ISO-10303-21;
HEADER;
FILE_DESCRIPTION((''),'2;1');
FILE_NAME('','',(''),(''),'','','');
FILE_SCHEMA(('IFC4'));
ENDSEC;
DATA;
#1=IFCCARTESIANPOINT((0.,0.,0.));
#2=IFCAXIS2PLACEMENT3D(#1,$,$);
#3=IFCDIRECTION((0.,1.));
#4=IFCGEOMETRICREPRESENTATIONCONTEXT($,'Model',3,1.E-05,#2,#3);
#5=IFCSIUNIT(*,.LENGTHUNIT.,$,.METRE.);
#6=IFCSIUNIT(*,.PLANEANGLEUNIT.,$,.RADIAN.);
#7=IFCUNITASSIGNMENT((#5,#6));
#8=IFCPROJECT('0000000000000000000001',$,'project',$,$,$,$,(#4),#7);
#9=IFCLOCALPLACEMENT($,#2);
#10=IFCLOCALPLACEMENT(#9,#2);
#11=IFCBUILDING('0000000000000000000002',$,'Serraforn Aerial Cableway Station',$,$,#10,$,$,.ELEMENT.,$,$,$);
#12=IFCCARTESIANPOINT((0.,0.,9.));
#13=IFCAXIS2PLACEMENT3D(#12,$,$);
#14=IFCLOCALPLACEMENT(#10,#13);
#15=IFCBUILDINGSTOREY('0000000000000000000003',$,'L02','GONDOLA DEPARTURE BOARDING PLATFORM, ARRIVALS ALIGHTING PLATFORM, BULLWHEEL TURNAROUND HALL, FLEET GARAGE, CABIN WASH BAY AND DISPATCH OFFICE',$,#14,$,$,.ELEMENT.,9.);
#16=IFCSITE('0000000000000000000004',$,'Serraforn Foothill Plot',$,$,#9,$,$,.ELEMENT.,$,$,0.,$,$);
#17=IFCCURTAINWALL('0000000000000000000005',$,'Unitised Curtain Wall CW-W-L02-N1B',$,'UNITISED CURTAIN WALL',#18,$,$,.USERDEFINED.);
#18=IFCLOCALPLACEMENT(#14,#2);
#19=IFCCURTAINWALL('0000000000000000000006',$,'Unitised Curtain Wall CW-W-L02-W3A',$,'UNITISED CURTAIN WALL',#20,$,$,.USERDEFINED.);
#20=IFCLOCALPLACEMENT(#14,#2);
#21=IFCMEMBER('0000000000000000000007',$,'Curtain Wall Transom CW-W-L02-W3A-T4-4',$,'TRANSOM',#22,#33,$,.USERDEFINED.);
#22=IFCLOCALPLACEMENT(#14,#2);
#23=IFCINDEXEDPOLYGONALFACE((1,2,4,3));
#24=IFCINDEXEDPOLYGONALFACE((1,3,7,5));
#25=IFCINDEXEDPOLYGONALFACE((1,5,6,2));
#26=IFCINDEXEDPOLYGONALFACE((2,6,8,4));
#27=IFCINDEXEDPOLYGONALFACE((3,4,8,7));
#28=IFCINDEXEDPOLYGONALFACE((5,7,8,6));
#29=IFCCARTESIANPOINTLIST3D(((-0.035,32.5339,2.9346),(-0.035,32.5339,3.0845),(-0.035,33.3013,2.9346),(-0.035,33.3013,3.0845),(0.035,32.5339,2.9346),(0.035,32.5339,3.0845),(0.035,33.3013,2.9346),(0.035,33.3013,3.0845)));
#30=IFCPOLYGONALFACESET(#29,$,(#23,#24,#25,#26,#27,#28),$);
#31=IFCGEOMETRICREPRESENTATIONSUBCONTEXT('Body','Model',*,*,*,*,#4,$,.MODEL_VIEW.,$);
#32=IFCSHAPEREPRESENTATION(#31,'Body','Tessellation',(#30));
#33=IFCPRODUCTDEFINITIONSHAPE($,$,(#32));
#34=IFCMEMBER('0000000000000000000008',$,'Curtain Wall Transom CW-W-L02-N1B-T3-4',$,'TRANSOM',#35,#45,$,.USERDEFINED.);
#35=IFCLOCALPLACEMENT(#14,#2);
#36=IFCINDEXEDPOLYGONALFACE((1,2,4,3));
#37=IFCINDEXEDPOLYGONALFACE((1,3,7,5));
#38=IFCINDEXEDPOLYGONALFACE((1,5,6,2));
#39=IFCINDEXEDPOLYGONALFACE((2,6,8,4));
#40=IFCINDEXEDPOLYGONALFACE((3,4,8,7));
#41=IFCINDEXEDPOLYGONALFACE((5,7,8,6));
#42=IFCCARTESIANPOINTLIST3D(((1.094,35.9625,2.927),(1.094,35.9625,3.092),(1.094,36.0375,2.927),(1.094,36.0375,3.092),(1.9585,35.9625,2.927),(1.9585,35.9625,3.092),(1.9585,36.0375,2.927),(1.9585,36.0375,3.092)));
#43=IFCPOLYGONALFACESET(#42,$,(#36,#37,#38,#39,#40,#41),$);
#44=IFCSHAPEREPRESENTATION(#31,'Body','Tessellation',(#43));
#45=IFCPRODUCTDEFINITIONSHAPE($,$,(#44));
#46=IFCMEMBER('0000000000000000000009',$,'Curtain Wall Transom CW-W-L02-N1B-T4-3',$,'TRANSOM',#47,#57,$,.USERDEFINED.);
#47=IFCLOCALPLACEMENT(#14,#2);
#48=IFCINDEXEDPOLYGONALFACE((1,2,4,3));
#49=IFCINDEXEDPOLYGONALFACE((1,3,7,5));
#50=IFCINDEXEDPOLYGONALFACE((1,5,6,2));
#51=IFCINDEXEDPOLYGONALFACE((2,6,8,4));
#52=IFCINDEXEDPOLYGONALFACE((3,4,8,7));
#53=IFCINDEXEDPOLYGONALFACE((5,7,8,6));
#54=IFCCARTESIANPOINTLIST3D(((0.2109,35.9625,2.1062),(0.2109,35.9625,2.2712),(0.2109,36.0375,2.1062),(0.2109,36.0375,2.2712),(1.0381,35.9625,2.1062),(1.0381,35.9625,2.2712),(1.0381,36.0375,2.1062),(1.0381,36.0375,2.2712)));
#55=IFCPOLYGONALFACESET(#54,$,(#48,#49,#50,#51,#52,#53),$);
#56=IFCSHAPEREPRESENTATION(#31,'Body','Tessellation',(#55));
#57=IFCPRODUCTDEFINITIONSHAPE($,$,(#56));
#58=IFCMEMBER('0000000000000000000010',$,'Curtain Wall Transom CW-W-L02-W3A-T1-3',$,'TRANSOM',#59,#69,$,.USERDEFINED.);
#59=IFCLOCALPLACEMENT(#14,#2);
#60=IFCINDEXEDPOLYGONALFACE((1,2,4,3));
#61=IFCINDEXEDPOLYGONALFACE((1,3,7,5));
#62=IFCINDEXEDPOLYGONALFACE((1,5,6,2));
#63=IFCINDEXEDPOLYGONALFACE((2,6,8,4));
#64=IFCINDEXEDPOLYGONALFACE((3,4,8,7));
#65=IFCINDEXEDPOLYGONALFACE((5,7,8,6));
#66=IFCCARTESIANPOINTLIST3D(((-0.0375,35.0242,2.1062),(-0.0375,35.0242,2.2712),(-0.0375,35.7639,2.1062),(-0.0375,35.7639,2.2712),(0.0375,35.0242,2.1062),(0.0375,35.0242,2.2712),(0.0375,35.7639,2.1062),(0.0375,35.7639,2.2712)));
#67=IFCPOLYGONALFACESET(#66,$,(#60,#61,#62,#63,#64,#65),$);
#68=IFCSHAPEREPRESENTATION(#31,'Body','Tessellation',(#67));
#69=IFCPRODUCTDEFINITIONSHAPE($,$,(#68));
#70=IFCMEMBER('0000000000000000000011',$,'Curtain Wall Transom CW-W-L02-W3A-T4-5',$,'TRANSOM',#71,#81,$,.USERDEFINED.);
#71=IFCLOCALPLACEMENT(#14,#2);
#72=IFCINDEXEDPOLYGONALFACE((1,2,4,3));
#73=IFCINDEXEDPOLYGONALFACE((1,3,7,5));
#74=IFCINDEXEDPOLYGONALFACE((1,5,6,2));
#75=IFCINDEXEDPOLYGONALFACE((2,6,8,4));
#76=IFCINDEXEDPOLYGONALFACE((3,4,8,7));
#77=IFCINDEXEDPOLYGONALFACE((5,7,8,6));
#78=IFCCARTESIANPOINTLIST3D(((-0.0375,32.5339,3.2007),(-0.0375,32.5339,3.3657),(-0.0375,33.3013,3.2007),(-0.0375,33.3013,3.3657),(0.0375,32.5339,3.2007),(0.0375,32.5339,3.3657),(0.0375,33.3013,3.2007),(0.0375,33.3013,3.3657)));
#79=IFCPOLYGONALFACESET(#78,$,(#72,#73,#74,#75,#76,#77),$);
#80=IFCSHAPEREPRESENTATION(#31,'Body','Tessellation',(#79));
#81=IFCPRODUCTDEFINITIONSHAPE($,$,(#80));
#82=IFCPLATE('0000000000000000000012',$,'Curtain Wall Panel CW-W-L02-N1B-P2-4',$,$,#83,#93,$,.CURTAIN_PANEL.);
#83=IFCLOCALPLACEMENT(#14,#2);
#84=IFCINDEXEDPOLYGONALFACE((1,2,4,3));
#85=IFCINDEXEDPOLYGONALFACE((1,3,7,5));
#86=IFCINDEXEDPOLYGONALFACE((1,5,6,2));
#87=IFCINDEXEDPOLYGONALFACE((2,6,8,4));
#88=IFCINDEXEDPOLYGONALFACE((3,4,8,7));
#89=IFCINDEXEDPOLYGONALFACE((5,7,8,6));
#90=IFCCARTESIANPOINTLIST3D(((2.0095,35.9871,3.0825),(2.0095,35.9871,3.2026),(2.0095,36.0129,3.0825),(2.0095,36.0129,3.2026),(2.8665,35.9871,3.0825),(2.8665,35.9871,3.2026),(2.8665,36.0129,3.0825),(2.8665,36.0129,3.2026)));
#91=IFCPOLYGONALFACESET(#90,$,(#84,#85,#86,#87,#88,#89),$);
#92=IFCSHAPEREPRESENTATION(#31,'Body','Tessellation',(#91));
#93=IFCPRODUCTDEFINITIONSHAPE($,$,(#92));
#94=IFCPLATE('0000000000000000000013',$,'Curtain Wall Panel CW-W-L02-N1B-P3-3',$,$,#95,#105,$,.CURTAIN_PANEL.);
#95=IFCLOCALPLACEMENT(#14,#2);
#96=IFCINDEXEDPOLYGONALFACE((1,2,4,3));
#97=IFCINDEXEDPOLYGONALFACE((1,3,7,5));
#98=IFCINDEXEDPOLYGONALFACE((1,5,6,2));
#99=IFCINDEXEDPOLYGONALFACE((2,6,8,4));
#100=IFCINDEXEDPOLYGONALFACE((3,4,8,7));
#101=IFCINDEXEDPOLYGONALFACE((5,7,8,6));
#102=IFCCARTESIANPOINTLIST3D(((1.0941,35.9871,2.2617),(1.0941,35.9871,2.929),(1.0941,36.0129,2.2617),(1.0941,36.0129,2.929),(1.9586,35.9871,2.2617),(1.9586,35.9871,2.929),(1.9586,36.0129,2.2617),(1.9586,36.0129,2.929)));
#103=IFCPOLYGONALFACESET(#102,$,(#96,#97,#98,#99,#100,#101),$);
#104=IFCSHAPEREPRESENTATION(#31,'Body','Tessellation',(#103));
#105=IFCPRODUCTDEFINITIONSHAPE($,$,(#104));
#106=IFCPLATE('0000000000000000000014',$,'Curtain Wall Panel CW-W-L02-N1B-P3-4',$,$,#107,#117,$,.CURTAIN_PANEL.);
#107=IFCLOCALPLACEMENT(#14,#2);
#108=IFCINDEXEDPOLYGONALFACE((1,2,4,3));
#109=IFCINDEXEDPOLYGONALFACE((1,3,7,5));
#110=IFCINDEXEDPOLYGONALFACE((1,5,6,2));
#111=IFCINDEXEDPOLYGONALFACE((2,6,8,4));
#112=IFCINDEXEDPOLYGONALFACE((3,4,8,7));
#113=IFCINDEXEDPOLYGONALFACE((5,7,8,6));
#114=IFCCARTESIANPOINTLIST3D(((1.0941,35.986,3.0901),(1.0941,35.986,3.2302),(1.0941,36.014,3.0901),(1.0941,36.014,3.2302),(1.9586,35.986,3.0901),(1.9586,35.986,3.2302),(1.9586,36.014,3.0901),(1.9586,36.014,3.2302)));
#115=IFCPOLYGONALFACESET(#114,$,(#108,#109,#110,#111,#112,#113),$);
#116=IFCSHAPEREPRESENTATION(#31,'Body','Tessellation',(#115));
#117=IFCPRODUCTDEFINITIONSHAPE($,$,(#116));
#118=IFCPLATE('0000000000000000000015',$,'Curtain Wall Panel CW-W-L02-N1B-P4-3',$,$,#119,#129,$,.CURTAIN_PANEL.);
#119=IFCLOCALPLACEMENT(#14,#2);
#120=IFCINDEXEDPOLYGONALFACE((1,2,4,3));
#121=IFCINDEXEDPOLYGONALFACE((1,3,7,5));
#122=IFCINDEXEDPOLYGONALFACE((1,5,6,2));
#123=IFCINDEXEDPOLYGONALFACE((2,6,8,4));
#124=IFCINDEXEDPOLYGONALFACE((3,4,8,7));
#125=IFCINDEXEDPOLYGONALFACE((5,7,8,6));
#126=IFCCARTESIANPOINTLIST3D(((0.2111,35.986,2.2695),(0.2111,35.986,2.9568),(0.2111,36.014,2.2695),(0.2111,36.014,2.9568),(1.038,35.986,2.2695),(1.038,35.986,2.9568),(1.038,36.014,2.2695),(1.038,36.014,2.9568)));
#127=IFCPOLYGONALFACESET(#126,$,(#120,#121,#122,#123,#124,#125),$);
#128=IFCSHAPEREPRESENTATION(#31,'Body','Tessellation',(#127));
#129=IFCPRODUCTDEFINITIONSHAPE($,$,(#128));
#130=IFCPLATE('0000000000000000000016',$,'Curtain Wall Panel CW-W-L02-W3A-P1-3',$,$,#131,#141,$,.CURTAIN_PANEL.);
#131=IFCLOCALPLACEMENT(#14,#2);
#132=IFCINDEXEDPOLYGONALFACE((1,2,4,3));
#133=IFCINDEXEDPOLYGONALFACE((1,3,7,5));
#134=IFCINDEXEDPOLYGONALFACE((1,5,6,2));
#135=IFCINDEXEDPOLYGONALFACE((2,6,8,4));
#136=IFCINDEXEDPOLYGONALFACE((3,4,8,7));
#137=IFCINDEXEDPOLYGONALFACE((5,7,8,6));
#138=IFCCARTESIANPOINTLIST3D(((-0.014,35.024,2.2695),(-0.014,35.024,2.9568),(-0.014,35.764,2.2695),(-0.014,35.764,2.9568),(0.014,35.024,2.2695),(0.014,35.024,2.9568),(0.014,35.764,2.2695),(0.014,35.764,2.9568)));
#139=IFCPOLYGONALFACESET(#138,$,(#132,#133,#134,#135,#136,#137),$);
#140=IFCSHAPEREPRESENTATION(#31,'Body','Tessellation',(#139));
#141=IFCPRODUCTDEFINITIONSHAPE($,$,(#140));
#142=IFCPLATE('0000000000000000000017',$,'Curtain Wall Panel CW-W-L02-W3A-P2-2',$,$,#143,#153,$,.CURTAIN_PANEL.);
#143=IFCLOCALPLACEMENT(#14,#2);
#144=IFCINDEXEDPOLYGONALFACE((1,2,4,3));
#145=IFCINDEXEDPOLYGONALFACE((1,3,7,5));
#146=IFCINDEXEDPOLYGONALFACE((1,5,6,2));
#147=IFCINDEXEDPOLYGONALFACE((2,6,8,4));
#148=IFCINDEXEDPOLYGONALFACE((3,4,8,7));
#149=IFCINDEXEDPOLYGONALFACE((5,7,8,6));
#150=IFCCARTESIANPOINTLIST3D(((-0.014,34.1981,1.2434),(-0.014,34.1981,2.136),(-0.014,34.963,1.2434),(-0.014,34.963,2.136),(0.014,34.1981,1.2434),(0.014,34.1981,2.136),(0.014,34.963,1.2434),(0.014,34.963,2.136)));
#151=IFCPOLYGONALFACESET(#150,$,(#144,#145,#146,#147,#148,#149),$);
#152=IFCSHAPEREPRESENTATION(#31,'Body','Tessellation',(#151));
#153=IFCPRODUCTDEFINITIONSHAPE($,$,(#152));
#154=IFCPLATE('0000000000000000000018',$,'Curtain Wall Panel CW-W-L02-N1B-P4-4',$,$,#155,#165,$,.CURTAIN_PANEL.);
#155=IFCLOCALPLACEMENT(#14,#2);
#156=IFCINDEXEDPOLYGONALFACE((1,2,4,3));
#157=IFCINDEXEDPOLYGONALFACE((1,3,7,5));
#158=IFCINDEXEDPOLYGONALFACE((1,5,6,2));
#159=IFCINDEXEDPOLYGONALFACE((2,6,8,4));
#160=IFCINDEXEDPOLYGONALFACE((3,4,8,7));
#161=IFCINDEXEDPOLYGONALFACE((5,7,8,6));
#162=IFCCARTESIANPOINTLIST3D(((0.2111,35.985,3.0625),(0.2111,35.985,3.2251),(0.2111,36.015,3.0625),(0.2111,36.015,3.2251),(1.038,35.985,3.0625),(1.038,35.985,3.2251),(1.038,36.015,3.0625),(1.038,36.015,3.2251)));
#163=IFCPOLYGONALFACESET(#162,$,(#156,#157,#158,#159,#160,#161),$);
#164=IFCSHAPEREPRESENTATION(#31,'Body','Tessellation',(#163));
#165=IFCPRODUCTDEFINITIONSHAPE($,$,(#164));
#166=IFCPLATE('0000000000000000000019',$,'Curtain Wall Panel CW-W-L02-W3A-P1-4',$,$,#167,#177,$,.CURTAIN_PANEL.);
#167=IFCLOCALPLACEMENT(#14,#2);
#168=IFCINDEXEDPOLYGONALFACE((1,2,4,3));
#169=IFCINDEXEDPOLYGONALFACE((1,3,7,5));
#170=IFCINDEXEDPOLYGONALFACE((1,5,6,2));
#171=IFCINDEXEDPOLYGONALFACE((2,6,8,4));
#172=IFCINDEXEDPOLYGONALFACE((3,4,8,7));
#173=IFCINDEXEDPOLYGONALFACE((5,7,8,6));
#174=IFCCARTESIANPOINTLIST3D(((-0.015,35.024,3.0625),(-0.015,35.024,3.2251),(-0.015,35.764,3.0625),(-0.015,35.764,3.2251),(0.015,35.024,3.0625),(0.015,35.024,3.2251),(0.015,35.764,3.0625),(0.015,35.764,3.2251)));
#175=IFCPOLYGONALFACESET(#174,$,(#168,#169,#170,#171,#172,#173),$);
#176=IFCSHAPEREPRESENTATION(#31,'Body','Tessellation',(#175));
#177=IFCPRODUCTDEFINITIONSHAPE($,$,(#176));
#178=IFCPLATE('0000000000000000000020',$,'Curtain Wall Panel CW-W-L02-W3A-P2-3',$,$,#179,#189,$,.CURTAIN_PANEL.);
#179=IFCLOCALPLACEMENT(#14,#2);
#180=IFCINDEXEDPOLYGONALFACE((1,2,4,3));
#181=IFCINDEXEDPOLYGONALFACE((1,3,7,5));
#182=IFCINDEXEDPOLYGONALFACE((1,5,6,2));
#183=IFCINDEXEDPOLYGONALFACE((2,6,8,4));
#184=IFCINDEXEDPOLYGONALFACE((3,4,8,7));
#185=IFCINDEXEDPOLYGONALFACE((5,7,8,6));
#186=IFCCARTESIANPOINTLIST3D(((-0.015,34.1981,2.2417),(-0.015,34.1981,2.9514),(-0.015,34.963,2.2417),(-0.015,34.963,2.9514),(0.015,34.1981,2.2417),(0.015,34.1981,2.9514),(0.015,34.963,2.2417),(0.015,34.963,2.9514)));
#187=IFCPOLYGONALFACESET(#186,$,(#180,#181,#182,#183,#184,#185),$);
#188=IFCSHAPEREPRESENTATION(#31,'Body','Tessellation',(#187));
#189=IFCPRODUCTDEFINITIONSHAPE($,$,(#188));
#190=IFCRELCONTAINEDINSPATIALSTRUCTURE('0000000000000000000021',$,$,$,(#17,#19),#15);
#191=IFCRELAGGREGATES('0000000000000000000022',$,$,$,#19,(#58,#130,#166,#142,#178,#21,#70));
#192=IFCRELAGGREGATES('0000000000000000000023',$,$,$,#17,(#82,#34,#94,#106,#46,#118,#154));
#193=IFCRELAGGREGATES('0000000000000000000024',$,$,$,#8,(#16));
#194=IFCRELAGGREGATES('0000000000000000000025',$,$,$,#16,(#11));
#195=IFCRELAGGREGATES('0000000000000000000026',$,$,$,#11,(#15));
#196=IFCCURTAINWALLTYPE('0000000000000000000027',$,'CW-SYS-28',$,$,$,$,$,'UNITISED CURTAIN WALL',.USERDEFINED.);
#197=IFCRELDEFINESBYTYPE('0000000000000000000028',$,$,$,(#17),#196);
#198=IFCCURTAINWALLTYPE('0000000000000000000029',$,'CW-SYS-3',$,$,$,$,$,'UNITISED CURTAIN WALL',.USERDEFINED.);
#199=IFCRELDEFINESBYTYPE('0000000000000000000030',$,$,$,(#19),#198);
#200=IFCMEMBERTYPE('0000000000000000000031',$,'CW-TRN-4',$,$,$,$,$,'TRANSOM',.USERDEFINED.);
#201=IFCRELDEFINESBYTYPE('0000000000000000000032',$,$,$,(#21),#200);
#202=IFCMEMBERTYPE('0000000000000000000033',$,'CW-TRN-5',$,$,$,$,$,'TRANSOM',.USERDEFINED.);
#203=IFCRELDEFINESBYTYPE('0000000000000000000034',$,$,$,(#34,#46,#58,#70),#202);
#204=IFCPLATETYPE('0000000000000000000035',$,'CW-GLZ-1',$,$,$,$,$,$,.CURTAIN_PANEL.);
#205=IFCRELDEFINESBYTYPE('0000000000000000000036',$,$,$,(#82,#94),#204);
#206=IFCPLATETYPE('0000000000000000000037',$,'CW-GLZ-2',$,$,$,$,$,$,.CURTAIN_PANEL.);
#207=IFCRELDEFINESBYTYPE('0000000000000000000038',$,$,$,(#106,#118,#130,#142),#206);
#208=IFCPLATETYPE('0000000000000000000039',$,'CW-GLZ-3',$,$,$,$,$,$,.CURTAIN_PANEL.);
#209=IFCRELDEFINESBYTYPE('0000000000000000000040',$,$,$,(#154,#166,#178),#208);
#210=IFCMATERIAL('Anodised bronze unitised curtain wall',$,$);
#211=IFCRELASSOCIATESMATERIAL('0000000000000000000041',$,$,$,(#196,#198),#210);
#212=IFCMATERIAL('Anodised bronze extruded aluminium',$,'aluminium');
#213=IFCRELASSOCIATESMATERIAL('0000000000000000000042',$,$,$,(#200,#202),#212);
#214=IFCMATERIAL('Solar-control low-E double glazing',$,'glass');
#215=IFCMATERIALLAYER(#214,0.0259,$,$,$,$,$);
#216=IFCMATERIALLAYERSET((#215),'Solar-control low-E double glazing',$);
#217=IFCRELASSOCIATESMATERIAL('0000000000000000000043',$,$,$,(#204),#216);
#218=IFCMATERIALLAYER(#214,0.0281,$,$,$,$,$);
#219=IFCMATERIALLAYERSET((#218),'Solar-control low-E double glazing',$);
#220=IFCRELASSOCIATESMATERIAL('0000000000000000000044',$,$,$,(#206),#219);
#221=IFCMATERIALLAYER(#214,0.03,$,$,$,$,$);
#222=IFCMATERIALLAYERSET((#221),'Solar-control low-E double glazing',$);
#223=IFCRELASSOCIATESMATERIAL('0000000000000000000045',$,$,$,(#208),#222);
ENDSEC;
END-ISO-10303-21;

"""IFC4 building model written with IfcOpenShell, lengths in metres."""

from ifc_helpers import new_model, si_unit, direction, frame, origin, origin_2d, place, context, subcontext, project, spatial, rectangle, extrude, material, layer, layer_set, material_profile, profile_set, type_object, element, aggregate, save


model = new_model("IFC4")

# Units and contexts
model_context = context("Model", 3, precision=1e-05, world=origin(), true_north=direction((0.0, 1.0)))
body_context = subcontext(model_context, "Body", "Model", "MODEL_VIEW")
ifc_project = project(units=[si_unit("LENGTHUNIT", "METRE"), si_unit("PLANEANGLEUNIT", "RADIAN")], contexts=[model_context])

# Site, building, storey
site_placement = place(None, origin())
site = spatial("IfcSite", under=ifc_project, at=site_placement, Name="Serraforn Foothill Plot", CompositionType="ELEMENT", RefElevation=0.0)
building_placement = place(site_placement, origin())
building = spatial("IfcBuilding", under=site, at=building_placement, Name="Serraforn Aerial Cableway Station", CompositionType="ELEMENT")
storey_placement = place(building_placement, frame((0.0, 0.0, 9.0)))
storey = spatial("IfcBuildingStorey", under=building, at=storey_placement, Name="L02", Description="GONDOLA DEPARTURE BOARDING PLATFORM, ARRIVALS ALIGHTING PLATFORM, BULLWHEEL TURNAROUND HALL, FLEET GARAGE, CABIN WASH BAY AND DISPATCH OFFICE", CompositionType="ELEMENT", Elevation=9.0)

# Curtain walls
ifc_material_1 = material(Name="Anodised bronze unitised curtain wall")
curtain_wall_type_1 = type_object("IfcCurtainWallType", Name="CW-SYS-28", ElementType="UNITISED CURTAIN WALL", PredefinedType="USERDEFINED", material=ifc_material_1)
curtain_wall_1_placement = place(storey_placement, origin())
curtain_wall_1 = element("IfcCurtainWall", 1, at=curtain_wall_1_placement, inside=storey, type_object=curtain_wall_type_1, Name="Unitised Curtain Wall CW-W-L02-N1B", ObjectType="UNITISED CURTAIN WALL", PredefinedType="USERDEFINED")
ifc_material_2 = material(Name="Anodised bronze extruded aluminium", Category="aluminium")
curtain_wall_type_2 = type_object("IfcCurtainWallType", Name="CW-SYS-3", ElementType="UNITISED CURTAIN WALL", PredefinedType="USERDEFINED", material=ifc_material_1)
curtain_wall_2_placement = place(storey_placement, origin())
curtain_wall_2 = element("IfcCurtainWall", 2, at=curtain_wall_2_placement, inside=storey, type_object=curtain_wall_type_2, Name="Unitised Curtain Wall CW-W-L02-W3A", ObjectType="UNITISED CURTAIN WALL", PredefinedType="USERDEFINED")

# Members
ifc_material_profile_1 = material_profile(ifc_material_2, rectangle(XDim=0.0701, YDim=0.1499, at=origin_2d()), Name="CW TRANSOM 70x150")
ifc_profile_set_1 = profile_set([ifc_material_profile_1], Name="Anodised bronze extruded aluminium")
member_type_1 = type_object("IfcMemberType", Name="CW-TRN-4", ElementType="TRANSOM", PredefinedType="USERDEFINED", material=ifc_profile_set_1)
member_1_placement = place(storey_placement, frame((0.0, 33.3013, 3.0095), z_axis=(0.0, -1.0, 0.0), x_axis=(1.0, 0.0, 0.0)))
member_1 = element("IfcMember", 3, at=member_1_placement, type_object=member_type_1, Name="Curtain Wall Transom CW-W-L02-W3A-T4-4", ObjectType="TRANSOM", PredefinedType="USERDEFINED", context=body_context, shape_type="SweptSolid", body=[
    extrude(rectangle(XDim=0.0701, YDim=0.1499, at=origin_2d()), origin(), (0.0, 0.0, 1.0), 0.7673),
])
ifc_material_profile_2 = material_profile(ifc_material_2, rectangle(XDim=0.075, YDim=0.165, at=origin_2d()), Name="CW TRANSOM 75x165")
ifc_profile_set_2 = profile_set([ifc_material_profile_2], Name="Anodised bronze extruded aluminium")
member_type_2 = type_object("IfcMemberType", Name="CW-TRN-5", ElementType="TRANSOM", PredefinedType="USERDEFINED", material=ifc_profile_set_2)
member_2_placement = place(storey_placement, frame((1.9585, 36.0, 3.0095), z_axis=(-1.0, 0.0, 0.0), x_axis=(0.0, -1.0, 0.0)))
member_2 = element("IfcMember", 4, at=member_2_placement, type_object=member_type_2, Name="Curtain Wall Transom CW-W-L02-N1B-T3-4", ObjectType="TRANSOM", PredefinedType="USERDEFINED", context=body_context, shape_type="SweptSolid", body=[
    extrude(rectangle(XDim=0.075, YDim=0.165, at=origin_2d()), origin(), (0.0, 0.0, 1.0), 0.8645),
])
member_3_placement = place(storey_placement, frame((1.0381, 36.0, 2.1887), z_axis=(-1.0, 0.0, 0.0), x_axis=(0.0, -1.0, 0.0)))
member_3 = element("IfcMember", 5, at=member_3_placement, type_object=member_type_2, Name="Curtain Wall Transom CW-W-L02-N1B-T4-3", ObjectType="TRANSOM", PredefinedType="USERDEFINED", context=body_context, shape_type="SweptSolid", body=[
    extrude(rectangle(XDim=0.075, YDim=0.165, at=origin_2d()), origin(), (0.0, 0.0, 1.0), 0.8271),
])
member_4_placement = place(storey_placement, frame((0.0, 35.7639, 2.1887), z_axis=(0.0, -1.0, 0.0), x_axis=(1.0, 0.0, 0.0)))
member_4 = element("IfcMember", 6, at=member_4_placement, type_object=member_type_2, Name="Curtain Wall Transom CW-W-L02-W3A-T1-3", ObjectType="TRANSOM", PredefinedType="USERDEFINED", context=body_context, shape_type="SweptSolid", body=[
    extrude(rectangle(XDim=0.075, YDim=0.165, at=origin_2d()), origin(), (0.0, 0.0, 1.0), 0.7397),
])
member_5_placement = place(storey_placement, frame((0.0, 33.3013, 3.2832), z_axis=(0.0, -1.0, 0.0), x_axis=(1.0, 0.0, 0.0)))
member_5 = element("IfcMember", 7, at=member_5_placement, type_object=member_type_2, Name="Curtain Wall Transom CW-W-L02-W3A-T4-5", ObjectType="TRANSOM", PredefinedType="USERDEFINED", context=body_context, shape_type="SweptSolid", body=[
    extrude(rectangle(XDim=0.075, YDim=0.165, at=origin_2d()), origin(), (0.0, 0.0, 1.0), 0.7673),
])

# Plates
ifc_material_3 = material(Name="Solar-control low-E double glazing", Category="glass")
ifc_layer_1 = layer(ifc_material_3, 0.0259)
ifc_layer_set_1 = layer_set([ifc_layer_1], Name="Solar-control low-E double glazing")
plate_type_1 = type_object("IfcPlateType", Name="CW-GLZ-1", PredefinedType="CURTAIN_PANEL", material=ifc_layer_set_1)
plate_1_placement = place(storey_placement, frame((2.438, 36.0, 3.0825), z_axis=(0.0, 0.0, 1.0), x_axis=(1.0, 0.0, 0.0)))
plate_1 = element("IfcPlate", 8, at=plate_1_placement, type_object=plate_type_1, Name="Curtain Wall Panel CW-W-L02-N1B-P2-4", PredefinedType="CURTAIN_PANEL", context=body_context, shape_type="SweptSolid", body=[
    extrude(rectangle(XDim=0.8569, YDim=0.0259, at=origin_2d()), origin(), (0.0, 0.0, 1.0), 0.1201),
])
plate_2_placement = place(storey_placement, frame((1.5264, 36.0, 2.2617), z_axis=(0.0, 0.0, 1.0), x_axis=(1.0, 0.0, 0.0)))
plate_2 = element("IfcPlate", 9, at=plate_2_placement, type_object=plate_type_1, Name="Curtain Wall Panel CW-W-L02-N1B-P3-3", PredefinedType="CURTAIN_PANEL", context=body_context, shape_type="SweptSolid", body=[
    extrude(rectangle(XDim=0.8645, YDim=0.0259, at=origin_2d()), origin(), (0.0, 0.0, 1.0), 0.6672),
])
ifc_layer_2 = layer(ifc_material_3, 0.0281)
ifc_layer_set_2 = layer_set([ifc_layer_2], Name="Solar-control low-E double glazing")
plate_type_2 = type_object("IfcPlateType", Name="CW-GLZ-2", PredefinedType="CURTAIN_PANEL", material=ifc_layer_set_2)
plate_3_placement = place(storey_placement, frame((1.5264, 36.0, 3.0901), z_axis=(0.0, 0.0, 1.0), x_axis=(1.0, 0.0, 0.0)))
plate_3 = element("IfcPlate", 10, at=plate_3_placement, type_object=plate_type_2, Name="Curtain Wall Panel CW-W-L02-N1B-P3-4", PredefinedType="CURTAIN_PANEL", context=body_context, shape_type="SweptSolid", body=[
    extrude(rectangle(XDim=0.8645, YDim=0.0281, at=origin_2d()), origin(), (0.0, 0.0, 1.0), 0.1401),
])
plate_4_placement = place(storey_placement, frame((0.6245, 36.0, 2.2695), z_axis=(0.0, 0.0, 1.0), x_axis=(1.0, 0.0, 0.0)))
plate_4 = element("IfcPlate", 11, at=plate_4_placement, type_object=plate_type_2, Name="Curtain Wall Panel CW-W-L02-N1B-P4-3", PredefinedType="CURTAIN_PANEL", context=body_context, shape_type="SweptSolid", body=[
    extrude(rectangle(XDim=0.8269, YDim=0.0281, at=origin_2d()), origin(), (0.0, 0.0, 1.0), 0.6873),
])
plate_5_placement = place(storey_placement, frame((0.0, 35.394, 2.2695), z_axis=(0.0, 0.0, 1.0), x_axis=(1.0, 0.0, 0.0)))
plate_5 = element("IfcPlate", 12, at=plate_5_placement, type_object=plate_type_2, Name="Curtain Wall Panel CW-W-L02-W3A-P1-3", PredefinedType="CURTAIN_PANEL", context=body_context, shape_type="SweptSolid", body=[
    extrude(rectangle(XDim=0.0281, YDim=0.74, at=origin_2d()), origin(), (0.0, 0.0, 1.0), 0.6873),
])
plate_6_placement = place(storey_placement, frame((0.0, 34.5806, 1.2434), z_axis=(0.0, 0.0, 1.0), x_axis=(1.0, 0.0, 0.0)))
plate_6 = element("IfcPlate", 13, at=plate_6_placement, type_object=plate_type_2, Name="Curtain Wall Panel CW-W-L02-W3A-P2-2", PredefinedType="CURTAIN_PANEL", context=body_context, shape_type="SweptSolid", body=[
    extrude(rectangle(XDim=0.0281, YDim=0.7649, at=origin_2d()), origin(), (0.0, 0.0, 1.0), 0.8926),
])
ifc_layer_3 = layer(ifc_material_3, 0.03)
ifc_layer_set_3 = layer_set([ifc_layer_3], Name="Solar-control low-E double glazing")
plate_type_3 = type_object("IfcPlateType", Name="CW-GLZ-3", PredefinedType="CURTAIN_PANEL", material=ifc_layer_set_3)
plate_7_placement = place(storey_placement, frame((0.6245, 36.0, 3.0625), z_axis=(0.0, 0.0, 1.0), x_axis=(1.0, 0.0, 0.0)))
plate_7 = element("IfcPlate", 14, at=plate_7_placement, type_object=plate_type_3, Name="Curtain Wall Panel CW-W-L02-N1B-P4-4", PredefinedType="CURTAIN_PANEL", context=body_context, shape_type="SweptSolid", body=[
    extrude(rectangle(XDim=0.8269, YDim=0.03, at=origin_2d()), origin(), (0.0, 0.0, 1.0), 0.1626),
])
plate_8_placement = place(storey_placement, frame((0.0, 35.394, 3.0625), z_axis=(0.0, 0.0, 1.0), x_axis=(1.0, 0.0, 0.0)))
plate_8 = element("IfcPlate", 15, at=plate_8_placement, type_object=plate_type_3, Name="Curtain Wall Panel CW-W-L02-W3A-P1-4", PredefinedType="CURTAIN_PANEL", context=body_context, shape_type="SweptSolid", body=[
    extrude(rectangle(XDim=0.03, YDim=0.74, at=origin_2d()), origin(), (0.0, 0.0, 1.0), 0.1626),
])
plate_9_placement = place(storey_placement, frame((0.0, 34.5806, 2.2417), z_axis=(0.0, 0.0, 1.0), x_axis=(1.0, 0.0, 0.0)))
plate_9 = element("IfcPlate", 16, at=plate_9_placement, type_object=plate_type_3, Name="Curtain Wall Panel CW-W-L02-W3A-P2-3", PredefinedType="CURTAIN_PANEL", context=body_context, shape_type="SweptSolid", body=[
    extrude(rectangle(XDim=0.03, YDim=0.7649, at=origin_2d()), origin(), (0.0, 0.0, 1.0), 0.7097),
])
aggregate(curtain_wall_2, [member_4, plate_5, plate_8, plate_6, plate_9, member_1, member_5])
aggregate(curtain_wall_1, [plate_1, member_2, plate_2, plate_3, member_3, plate_4, plate_7])

save(model, "model.ifc")
